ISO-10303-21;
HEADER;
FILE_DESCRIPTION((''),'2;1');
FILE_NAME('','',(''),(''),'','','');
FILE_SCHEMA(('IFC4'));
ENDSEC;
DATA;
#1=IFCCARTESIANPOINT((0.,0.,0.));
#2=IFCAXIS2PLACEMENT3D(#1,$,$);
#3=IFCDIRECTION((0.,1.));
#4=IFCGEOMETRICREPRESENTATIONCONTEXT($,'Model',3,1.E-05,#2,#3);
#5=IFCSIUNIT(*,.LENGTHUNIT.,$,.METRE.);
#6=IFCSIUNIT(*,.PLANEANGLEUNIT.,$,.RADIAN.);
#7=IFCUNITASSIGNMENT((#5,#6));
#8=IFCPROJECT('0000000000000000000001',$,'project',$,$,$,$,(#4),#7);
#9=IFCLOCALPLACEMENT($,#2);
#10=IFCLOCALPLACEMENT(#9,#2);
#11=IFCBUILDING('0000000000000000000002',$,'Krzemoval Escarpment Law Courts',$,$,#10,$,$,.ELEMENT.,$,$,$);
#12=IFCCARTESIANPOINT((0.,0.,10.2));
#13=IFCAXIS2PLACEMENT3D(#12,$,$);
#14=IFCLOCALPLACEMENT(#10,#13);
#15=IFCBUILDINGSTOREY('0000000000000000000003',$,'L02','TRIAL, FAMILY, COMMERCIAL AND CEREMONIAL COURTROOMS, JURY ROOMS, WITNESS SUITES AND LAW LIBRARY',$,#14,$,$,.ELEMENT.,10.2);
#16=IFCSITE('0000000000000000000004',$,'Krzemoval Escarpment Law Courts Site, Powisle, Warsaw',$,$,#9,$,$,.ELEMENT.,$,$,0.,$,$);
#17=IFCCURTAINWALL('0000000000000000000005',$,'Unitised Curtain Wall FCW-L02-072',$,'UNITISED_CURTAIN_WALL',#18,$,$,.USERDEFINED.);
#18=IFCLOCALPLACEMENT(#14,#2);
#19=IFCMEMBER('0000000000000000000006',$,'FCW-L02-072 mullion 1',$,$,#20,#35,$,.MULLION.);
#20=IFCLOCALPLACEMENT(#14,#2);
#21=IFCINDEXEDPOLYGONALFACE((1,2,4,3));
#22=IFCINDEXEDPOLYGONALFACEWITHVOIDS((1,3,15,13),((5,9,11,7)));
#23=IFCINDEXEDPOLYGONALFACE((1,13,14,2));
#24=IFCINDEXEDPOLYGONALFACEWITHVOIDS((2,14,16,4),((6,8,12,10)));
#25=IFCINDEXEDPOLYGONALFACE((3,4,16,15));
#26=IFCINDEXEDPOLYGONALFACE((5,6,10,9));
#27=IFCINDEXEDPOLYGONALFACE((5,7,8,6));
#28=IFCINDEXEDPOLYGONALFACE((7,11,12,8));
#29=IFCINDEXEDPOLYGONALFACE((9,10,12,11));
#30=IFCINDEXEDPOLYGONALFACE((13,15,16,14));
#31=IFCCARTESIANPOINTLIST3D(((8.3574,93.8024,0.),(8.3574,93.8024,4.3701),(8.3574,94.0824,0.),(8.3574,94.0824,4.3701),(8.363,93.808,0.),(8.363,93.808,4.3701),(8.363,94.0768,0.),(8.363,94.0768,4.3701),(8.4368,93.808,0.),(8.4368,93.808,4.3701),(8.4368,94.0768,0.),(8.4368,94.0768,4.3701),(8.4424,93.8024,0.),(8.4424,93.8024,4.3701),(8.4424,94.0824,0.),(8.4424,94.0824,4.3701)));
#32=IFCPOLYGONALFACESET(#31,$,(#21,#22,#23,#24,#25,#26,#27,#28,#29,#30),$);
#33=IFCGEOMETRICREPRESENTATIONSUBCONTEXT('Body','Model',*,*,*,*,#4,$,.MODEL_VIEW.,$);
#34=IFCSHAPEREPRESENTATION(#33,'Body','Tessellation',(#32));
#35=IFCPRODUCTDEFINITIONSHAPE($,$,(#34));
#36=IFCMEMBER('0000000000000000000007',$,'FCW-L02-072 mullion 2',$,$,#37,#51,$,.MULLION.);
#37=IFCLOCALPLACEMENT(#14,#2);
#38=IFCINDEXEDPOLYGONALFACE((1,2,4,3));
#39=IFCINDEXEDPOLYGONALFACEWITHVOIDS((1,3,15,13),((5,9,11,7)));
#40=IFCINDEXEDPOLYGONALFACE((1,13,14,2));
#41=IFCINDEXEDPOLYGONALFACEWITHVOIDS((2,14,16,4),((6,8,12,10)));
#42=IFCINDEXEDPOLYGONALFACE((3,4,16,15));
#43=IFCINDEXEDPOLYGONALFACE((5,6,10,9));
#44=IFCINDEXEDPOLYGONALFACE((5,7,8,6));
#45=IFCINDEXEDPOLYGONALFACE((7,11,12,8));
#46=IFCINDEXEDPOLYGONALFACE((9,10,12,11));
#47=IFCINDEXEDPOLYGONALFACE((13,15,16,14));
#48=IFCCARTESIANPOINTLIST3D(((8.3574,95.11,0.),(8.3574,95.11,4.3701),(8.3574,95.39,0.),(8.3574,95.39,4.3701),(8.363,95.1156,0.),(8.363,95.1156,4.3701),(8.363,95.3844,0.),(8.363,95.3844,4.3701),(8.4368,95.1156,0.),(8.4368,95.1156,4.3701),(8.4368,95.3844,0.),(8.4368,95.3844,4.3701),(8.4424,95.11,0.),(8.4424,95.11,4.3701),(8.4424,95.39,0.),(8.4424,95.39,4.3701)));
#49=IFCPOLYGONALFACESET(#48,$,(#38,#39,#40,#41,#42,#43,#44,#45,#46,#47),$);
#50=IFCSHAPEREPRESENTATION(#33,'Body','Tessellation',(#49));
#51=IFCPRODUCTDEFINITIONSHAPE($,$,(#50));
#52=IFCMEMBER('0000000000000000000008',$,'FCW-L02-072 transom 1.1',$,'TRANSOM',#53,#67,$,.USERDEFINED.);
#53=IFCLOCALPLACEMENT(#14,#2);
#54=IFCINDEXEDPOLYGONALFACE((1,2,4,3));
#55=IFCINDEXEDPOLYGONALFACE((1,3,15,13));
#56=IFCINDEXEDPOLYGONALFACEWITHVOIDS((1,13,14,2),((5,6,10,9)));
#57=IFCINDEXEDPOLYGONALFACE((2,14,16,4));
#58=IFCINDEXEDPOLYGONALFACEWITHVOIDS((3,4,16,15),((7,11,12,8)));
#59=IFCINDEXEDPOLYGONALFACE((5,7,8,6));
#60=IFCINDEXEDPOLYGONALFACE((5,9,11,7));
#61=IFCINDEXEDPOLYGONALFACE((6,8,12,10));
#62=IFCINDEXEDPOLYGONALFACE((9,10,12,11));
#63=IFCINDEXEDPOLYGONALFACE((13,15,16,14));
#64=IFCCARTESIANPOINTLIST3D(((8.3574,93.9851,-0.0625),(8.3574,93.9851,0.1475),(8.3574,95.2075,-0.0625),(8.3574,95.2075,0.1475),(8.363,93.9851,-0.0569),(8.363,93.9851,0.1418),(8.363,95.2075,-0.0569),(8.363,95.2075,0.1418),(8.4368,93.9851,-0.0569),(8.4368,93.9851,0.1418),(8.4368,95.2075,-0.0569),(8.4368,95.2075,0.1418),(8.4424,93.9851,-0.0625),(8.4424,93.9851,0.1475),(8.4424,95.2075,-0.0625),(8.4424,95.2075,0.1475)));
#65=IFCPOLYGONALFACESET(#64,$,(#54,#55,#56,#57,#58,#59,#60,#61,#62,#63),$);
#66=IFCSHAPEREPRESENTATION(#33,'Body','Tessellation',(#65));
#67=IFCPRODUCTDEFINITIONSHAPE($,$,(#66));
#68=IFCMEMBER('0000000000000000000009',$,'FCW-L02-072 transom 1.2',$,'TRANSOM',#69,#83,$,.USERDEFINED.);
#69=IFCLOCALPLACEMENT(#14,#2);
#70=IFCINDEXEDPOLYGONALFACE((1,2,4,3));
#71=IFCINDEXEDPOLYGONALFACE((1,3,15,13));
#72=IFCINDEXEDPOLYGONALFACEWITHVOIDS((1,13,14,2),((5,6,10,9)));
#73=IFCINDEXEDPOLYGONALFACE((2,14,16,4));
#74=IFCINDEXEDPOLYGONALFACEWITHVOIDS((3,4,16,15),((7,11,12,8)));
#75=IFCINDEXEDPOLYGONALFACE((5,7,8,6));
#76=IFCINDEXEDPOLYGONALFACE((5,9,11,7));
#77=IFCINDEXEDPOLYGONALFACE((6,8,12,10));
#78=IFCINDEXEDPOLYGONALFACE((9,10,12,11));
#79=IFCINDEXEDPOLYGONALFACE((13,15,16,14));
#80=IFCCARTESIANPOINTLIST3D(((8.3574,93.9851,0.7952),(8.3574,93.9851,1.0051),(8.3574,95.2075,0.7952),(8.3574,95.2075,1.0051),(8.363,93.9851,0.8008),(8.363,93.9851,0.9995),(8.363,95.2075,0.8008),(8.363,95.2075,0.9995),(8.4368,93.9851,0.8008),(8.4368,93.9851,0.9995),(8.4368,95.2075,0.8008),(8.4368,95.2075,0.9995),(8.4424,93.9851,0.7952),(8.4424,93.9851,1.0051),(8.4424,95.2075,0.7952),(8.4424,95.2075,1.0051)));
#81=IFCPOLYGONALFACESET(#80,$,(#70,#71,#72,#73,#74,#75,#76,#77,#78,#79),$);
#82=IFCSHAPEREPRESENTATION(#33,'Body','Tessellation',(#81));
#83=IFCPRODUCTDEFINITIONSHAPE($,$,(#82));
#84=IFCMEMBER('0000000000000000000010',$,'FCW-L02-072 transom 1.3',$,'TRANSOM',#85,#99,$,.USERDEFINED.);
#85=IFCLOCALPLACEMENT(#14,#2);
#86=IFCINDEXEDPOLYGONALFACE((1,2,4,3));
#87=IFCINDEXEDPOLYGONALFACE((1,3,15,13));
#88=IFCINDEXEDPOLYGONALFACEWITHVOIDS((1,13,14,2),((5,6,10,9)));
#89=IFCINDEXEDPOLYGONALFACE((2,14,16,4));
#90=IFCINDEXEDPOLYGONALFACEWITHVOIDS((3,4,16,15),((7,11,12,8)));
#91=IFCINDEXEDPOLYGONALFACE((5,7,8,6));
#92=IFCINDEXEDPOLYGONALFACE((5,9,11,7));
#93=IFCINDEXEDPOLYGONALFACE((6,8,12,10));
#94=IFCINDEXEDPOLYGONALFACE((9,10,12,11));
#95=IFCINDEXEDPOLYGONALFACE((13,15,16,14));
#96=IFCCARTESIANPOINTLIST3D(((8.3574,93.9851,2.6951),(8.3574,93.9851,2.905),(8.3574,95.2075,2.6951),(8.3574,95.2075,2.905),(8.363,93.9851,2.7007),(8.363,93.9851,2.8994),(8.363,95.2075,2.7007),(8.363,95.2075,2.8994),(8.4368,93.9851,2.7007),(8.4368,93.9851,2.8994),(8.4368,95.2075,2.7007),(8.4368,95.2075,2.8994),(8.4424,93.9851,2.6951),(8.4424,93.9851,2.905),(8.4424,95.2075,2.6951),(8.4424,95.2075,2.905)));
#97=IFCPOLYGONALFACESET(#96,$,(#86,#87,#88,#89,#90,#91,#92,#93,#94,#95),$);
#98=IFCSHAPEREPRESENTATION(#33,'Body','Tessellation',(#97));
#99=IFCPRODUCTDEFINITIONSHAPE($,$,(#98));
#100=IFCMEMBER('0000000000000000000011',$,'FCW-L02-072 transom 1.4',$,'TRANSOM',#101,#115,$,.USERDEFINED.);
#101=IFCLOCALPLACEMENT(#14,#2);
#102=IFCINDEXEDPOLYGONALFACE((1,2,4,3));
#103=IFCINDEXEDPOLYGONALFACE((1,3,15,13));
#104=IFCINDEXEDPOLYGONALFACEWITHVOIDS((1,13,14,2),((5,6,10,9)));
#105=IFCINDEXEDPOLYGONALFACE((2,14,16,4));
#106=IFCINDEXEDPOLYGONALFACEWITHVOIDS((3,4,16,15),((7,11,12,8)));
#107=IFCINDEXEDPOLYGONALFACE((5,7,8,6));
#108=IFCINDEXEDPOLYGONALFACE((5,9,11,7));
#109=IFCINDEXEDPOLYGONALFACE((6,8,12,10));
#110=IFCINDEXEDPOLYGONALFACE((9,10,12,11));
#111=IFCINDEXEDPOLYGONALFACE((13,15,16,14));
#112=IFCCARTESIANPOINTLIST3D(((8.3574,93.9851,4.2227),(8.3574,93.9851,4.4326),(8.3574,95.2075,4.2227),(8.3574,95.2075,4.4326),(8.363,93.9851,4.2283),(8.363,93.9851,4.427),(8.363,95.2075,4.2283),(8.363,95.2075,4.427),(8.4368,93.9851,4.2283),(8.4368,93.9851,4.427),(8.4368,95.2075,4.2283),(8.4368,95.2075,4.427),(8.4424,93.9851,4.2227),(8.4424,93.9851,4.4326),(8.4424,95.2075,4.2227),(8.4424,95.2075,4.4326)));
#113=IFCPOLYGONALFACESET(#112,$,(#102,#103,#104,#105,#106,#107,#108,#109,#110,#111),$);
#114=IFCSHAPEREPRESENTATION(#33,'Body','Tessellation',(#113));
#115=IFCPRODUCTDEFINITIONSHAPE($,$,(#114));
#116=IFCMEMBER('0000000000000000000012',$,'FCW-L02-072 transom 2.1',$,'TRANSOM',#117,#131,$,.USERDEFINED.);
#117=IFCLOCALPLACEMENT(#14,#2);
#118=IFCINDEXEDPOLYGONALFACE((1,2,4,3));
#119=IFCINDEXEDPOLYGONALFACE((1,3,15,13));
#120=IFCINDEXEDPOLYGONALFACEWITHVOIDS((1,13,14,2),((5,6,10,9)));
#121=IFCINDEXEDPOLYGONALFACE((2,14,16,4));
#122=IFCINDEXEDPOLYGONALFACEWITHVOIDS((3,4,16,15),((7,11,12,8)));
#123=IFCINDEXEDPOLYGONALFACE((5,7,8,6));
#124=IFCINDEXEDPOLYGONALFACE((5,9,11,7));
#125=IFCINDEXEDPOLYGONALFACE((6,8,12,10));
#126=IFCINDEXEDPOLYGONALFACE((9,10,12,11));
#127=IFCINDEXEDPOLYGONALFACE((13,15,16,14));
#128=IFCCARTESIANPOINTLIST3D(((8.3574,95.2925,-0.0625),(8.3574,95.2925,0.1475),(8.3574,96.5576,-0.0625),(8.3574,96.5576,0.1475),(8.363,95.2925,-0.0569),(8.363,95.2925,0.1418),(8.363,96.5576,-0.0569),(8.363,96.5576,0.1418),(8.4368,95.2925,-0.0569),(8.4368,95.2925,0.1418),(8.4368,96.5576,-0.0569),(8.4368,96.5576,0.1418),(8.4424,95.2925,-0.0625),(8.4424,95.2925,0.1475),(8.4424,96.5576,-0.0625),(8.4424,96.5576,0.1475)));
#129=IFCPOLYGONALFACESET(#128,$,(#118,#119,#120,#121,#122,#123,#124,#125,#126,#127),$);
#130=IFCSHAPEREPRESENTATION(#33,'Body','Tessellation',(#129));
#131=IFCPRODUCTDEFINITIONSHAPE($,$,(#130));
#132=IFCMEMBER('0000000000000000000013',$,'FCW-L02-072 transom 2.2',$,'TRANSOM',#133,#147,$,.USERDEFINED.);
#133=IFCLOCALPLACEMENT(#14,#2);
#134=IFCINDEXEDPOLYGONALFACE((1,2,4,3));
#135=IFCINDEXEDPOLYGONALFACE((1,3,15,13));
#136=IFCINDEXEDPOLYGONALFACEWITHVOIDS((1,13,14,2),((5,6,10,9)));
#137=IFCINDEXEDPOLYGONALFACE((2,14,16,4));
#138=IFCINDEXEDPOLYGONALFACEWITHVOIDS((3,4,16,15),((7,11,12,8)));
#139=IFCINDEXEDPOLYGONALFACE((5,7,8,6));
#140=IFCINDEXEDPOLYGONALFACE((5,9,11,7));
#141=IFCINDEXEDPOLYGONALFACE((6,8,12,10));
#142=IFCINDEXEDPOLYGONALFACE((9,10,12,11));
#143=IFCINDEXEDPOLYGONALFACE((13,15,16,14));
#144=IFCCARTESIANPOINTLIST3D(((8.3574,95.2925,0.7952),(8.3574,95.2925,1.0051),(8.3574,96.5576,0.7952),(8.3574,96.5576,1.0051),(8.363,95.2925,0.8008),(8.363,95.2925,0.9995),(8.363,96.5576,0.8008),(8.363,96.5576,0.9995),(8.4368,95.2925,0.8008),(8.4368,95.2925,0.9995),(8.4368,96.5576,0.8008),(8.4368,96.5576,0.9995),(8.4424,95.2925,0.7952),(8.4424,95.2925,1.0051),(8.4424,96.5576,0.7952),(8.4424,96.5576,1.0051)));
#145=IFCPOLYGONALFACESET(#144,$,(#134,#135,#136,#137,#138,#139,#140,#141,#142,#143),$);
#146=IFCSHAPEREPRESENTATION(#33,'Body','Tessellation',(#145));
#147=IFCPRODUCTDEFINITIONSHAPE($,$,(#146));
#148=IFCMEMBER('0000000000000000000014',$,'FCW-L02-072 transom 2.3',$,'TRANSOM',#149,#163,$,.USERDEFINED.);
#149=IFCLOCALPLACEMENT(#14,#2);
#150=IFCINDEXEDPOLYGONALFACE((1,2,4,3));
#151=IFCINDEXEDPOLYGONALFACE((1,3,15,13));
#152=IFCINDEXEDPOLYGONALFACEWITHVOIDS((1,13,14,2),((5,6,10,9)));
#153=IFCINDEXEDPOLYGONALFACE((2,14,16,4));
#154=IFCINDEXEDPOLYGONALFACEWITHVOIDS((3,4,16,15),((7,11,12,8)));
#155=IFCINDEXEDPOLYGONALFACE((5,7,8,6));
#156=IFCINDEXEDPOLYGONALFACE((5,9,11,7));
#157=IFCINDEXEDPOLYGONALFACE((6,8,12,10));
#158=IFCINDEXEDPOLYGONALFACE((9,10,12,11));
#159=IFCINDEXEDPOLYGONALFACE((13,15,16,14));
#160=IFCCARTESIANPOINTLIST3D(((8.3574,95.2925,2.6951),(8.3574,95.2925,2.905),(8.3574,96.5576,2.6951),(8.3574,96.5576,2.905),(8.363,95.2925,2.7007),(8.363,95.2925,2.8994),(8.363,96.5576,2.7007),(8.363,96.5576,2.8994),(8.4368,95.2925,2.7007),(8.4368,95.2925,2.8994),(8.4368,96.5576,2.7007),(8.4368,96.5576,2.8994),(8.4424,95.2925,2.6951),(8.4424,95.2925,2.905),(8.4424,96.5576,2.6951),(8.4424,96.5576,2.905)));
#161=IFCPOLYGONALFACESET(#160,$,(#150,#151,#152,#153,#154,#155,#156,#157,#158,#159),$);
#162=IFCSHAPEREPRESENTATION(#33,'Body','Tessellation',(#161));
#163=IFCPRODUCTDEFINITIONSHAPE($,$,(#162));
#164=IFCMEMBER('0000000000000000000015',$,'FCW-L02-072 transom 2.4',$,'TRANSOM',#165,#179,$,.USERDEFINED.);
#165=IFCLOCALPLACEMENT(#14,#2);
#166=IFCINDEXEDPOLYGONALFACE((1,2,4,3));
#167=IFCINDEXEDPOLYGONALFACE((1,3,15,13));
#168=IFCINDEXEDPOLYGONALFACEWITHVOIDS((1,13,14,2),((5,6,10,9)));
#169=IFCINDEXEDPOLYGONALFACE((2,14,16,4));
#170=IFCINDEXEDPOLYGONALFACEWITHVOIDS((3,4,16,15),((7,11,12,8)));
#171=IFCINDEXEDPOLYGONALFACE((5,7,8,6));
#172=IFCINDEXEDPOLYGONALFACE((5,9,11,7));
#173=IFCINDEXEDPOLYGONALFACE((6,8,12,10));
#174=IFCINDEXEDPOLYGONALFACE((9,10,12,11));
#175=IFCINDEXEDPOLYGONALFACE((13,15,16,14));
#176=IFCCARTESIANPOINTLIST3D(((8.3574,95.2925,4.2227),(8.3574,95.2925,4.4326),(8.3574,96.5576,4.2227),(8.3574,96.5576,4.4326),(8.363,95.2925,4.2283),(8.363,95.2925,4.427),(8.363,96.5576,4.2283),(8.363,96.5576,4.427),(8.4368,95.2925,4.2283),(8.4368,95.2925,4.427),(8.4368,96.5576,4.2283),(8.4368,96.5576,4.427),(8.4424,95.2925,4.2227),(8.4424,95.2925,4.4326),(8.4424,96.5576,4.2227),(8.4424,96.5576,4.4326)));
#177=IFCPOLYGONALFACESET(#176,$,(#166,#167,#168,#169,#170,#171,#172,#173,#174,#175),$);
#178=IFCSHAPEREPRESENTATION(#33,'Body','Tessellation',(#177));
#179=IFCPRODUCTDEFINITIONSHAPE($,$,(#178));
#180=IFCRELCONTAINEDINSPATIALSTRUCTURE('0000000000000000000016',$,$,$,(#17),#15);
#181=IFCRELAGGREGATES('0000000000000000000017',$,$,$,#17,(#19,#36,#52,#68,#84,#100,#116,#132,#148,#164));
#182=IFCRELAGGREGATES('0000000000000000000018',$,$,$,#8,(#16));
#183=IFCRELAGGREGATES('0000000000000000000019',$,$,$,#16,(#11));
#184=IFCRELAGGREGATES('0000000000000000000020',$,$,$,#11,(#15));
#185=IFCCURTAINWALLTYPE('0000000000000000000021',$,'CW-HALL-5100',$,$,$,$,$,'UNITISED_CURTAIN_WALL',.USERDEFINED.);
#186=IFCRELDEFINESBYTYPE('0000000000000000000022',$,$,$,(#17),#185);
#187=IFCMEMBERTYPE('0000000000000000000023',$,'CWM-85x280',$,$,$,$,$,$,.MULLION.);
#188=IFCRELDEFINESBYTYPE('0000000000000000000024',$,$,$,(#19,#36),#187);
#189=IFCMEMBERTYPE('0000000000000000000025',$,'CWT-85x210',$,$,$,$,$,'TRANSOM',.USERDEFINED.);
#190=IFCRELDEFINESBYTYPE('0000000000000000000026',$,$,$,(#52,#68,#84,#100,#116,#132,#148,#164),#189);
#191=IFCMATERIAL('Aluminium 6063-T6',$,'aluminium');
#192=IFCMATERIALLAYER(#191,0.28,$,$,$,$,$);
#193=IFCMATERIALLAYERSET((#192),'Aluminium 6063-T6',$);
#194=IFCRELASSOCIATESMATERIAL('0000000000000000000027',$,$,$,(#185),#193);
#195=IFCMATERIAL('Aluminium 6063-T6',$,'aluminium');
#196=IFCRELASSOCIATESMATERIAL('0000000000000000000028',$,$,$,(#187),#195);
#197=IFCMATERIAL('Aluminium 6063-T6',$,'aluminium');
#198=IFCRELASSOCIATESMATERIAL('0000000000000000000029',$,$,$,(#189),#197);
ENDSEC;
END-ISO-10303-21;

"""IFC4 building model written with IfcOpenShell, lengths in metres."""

from ifc_helpers import new_model, si_unit, direction, frame, origin, origin_2d, place, context, subcontext, project, spatial, hollow_rectangle, extrude, material, layer, layer_set, material_profile, profile_set, type_object, element, aggregate, save


model = new_model("IFC4")

# Units and contexts
model_context = context("Model", 3, precision=1e-05, world=origin(), true_north=direction((0.0, 1.0)))
body_context = subcontext(model_context, "Body", "Model", "MODEL_VIEW")
ifc_project = project(units=[si_unit("LENGTHUNIT", "METRE"), si_unit("PLANEANGLEUNIT", "RADIAN")], contexts=[model_context])

# Site, building, storey
site_placement = place(None, origin())
site = spatial("IfcSite", under=ifc_project, at=site_placement, Name="Krzemoval Escarpment Law Courts Site, Powisle, Warsaw", CompositionType="ELEMENT", RefElevation=0.0)
building_placement = place(site_placement, origin())
building = spatial("IfcBuilding", under=site, at=building_placement, Name="Krzemoval Escarpment Law Courts", CompositionType="ELEMENT")
storey_placement = place(building_placement, frame((0.0, 0.0, 10.2)))
storey = spatial("IfcBuildingStorey", under=building, at=storey_placement, Name="L02", Description="TRIAL, FAMILY, COMMERCIAL AND CEREMONIAL COURTROOMS, JURY ROOMS, WITNESS SUITES AND LAW LIBRARY", CompositionType="ELEMENT", Elevation=10.2)

# Curtain wall, members
ifc_material_1 = material(Name="Aluminium 6063-T6", Category="aluminium")
ifc_layer_1 = layer(ifc_material_1, 0.28)
ifc_layer_set_1 = layer_set([ifc_layer_1], Name="Aluminium 6063-T6")
curtain_wall_type = type_object("IfcCurtainWallType", Name="CW-HALL-5100", ElementType="UNITISED_CURTAIN_WALL", PredefinedType="USERDEFINED", material=ifc_layer_set_1)
curtain_wall_placement = place(storey_placement, origin())
curtain_wall = element("IfcCurtainWall", 1, at=curtain_wall_placement, inside=storey, type_object=curtain_wall_type, Name="Unitised Curtain Wall FCW-L02-072", ObjectType="UNITISED_CURTAIN_WALL", PredefinedType="USERDEFINED")
ifc_material_2 = material(Name="Aluminium 6063-T6", Category="aluminium")
ifc_material_profile_1 = material_profile(ifc_material_2, hollow_rectangle(XDim=0.085, YDim=0.28, WallThickness=0.0056, at=origin_2d()), Name="ALU M85x280")
ifc_profile_set_1 = profile_set([ifc_material_profile_1], Name="Aluminium 6063-T6")
member_type_1 = type_object("IfcMemberType", Name="CWM-85x280", PredefinedType="MULLION", material=ifc_profile_set_1)
member_1_placement = place(storey_placement, frame((8.3999, 93.9424, 0.0), z_axis=(0.0, 0.0, 1.0), x_axis=(-1.0, 0.0, 0.0)))
member_1 = element("IfcMember", 2, at=member_1_placement, type_object=member_type_1, Name="FCW-L02-072 mullion 1", PredefinedType="MULLION", context=body_context, shape_type="SweptSolid", body=[
    extrude(hollow_rectangle(XDim=0.085, YDim=0.28, WallThickness=0.0056, at=origin_2d()), origin(), (0.0, 0.0, 1.0), 4.3701),
])
member_2_placement = place(storey_placement, frame((8.3999, 95.25, 0.0), z_axis=(0.0, 0.0, 1.0), x_axis=(-1.0, 0.0, 0.0)))
member_2 = element("IfcMember", 3, at=member_2_placement, type_object=member_type_1, Name="FCW-L02-072 mullion 2", PredefinedType="MULLION", context=body_context, shape_type="SweptSolid", body=[
    extrude(hollow_rectangle(XDim=0.085, YDim=0.28, WallThickness=0.0056, at=origin_2d()), origin(), (0.0, 0.0, 1.0), 4.3701),
])
ifc_material_3 = material(Name="Aluminium 6063-T6", Category="aluminium")
ifc_material_profile_2 = material_profile(ifc_material_3, hollow_rectangle(XDim=0.085, YDim=0.21, WallThickness=0.0056, at=origin_2d()), Name="ALU T85x210")
ifc_profile_set_2 = profile_set([ifc_material_profile_2], Name="Aluminium 6063-T6")
member_type_2 = type_object("IfcMemberType", Name="CWT-85x210", ElementType="TRANSOM", PredefinedType="USERDEFINED", material=ifc_profile_set_2)
member_3_placement = place(storey_placement, frame((8.3999, 93.9851, 0.0425), z_axis=(0.0, 1.0, 0.0), x_axis=(-1.0, 0.0, 0.0)))
member_3 = element("IfcMember", 4, at=member_3_placement, type_object=member_type_2, Name="FCW-L02-072 transom 1.1", ObjectType="TRANSOM", PredefinedType="USERDEFINED", context=body_context, shape_type="SweptSolid", body=[
    extrude(hollow_rectangle(XDim=0.085, YDim=0.21, WallThickness=0.0056, at=origin_2d()), origin(), (0.0, 0.0, 1.0), 1.2224),
])
member_4_placement = place(storey_placement, frame((8.3999, 93.9851, 0.9001), z_axis=(0.0, 1.0, 0.0), x_axis=(-1.0, 0.0, 0.0)))
member_4 = element("IfcMember", 5, at=member_4_placement, type_object=member_type_2, Name="FCW-L02-072 transom 1.2", ObjectType="TRANSOM", PredefinedType="USERDEFINED", context=body_context, shape_type="SweptSolid", body=[
    extrude(hollow_rectangle(XDim=0.085, YDim=0.21, WallThickness=0.0056, at=origin_2d()), origin(), (0.0, 0.0, 1.0), 1.2224),
])
member_5_placement = place(storey_placement, frame((8.3999, 93.9851, 2.8), z_axis=(0.0, 1.0, 0.0), x_axis=(-1.0, 0.0, 0.0)))
member_5 = element("IfcMember", 6, at=member_5_placement, type_object=member_type_2, Name="FCW-L02-072 transom 1.3", ObjectType="TRANSOM", PredefinedType="USERDEFINED", context=body_context, shape_type="SweptSolid", body=[
    extrude(hollow_rectangle(XDim=0.085, YDim=0.21, WallThickness=0.0056, at=origin_2d()), origin(), (0.0, 0.0, 1.0), 1.2224),
])
member_6_placement = place(storey_placement, frame((8.3999, 93.9851, 4.3276), z_axis=(0.0, 1.0, 0.0), x_axis=(-1.0, 0.0, 0.0)))
member_6 = element("IfcMember", 7, at=member_6_placement, type_object=member_type_2, Name="FCW-L02-072 transom 1.4", ObjectType="TRANSOM", PredefinedType="USERDEFINED", context=body_context, shape_type="SweptSolid", body=[
    extrude(hollow_rectangle(XDim=0.085, YDim=0.21, WallThickness=0.0056, at=origin_2d()), origin(), (0.0, 0.0, 1.0), 1.2224),
])
member_7_placement = place(storey_placement, frame((8.3999, 95.2925, 0.0425), z_axis=(0.0, 1.0, 0.0), x_axis=(-1.0, 0.0, 0.0)))
member_7 = element("IfcMember", 8, at=member_7_placement, type_object=member_type_2, Name="FCW-L02-072 transom 2.1", ObjectType="TRANSOM", PredefinedType="USERDEFINED", context=body_context, shape_type="SweptSolid", body=[
    extrude(hollow_rectangle(XDim=0.085, YDim=0.21, WallThickness=0.0056, at=origin_2d()), origin(), (0.0, 0.0, 1.0), 1.2651),
])
member_8_placement = place(storey_placement, frame((8.3999, 95.2925, 0.9001), z_axis=(0.0, 1.0, 0.0), x_axis=(-1.0, 0.0, 0.0)))
member_8 = element("IfcMember", 9, at=member_8_placement, type_object=member_type_2, Name="FCW-L02-072 transom 2.2", ObjectType="TRANSOM", PredefinedType="USERDEFINED", context=body_context, shape_type="SweptSolid", body=[
    extrude(hollow_rectangle(XDim=0.085, YDim=0.21, WallThickness=0.0056, at=origin_2d()), origin(), (0.0, 0.0, 1.0), 1.2651),
])
member_9_placement = place(storey_placement, frame((8.3999, 95.2925, 2.8), z_axis=(0.0, 1.0, 0.0), x_axis=(-1.0, 0.0, 0.0)))
member_9 = element("IfcMember", 10, at=member_9_placement, type_object=member_type_2, Name="FCW-L02-072 transom 2.3", ObjectType="TRANSOM", PredefinedType="USERDEFINED", context=body_context, shape_type="SweptSolid", body=[
    extrude(hollow_rectangle(XDim=0.085, YDim=0.21, WallThickness=0.0056, at=origin_2d()), origin(), (0.0, 0.0, 1.0), 1.2651),
])
member_10_placement = place(storey_placement, frame((8.3999, 95.2925, 4.3276), z_axis=(0.0, 1.0, 0.0), x_axis=(-1.0, 0.0, 0.0)))
member_10 = element("IfcMember", 11, at=member_10_placement, type_object=member_type_2, Name="FCW-L02-072 transom 2.4", ObjectType="TRANSOM", PredefinedType="USERDEFINED", context=body_context, shape_type="SweptSolid", body=[
    extrude(hollow_rectangle(XDim=0.085, YDim=0.21, WallThickness=0.0056, at=origin_2d()), origin(), (0.0, 0.0, 1.0), 1.2651),
])

aggregate(curtain_wall, [member_1, member_2, member_3, member_4, member_5, member_6, member_7, member_8, member_9, member_10])

save(model, "model.ifc")
